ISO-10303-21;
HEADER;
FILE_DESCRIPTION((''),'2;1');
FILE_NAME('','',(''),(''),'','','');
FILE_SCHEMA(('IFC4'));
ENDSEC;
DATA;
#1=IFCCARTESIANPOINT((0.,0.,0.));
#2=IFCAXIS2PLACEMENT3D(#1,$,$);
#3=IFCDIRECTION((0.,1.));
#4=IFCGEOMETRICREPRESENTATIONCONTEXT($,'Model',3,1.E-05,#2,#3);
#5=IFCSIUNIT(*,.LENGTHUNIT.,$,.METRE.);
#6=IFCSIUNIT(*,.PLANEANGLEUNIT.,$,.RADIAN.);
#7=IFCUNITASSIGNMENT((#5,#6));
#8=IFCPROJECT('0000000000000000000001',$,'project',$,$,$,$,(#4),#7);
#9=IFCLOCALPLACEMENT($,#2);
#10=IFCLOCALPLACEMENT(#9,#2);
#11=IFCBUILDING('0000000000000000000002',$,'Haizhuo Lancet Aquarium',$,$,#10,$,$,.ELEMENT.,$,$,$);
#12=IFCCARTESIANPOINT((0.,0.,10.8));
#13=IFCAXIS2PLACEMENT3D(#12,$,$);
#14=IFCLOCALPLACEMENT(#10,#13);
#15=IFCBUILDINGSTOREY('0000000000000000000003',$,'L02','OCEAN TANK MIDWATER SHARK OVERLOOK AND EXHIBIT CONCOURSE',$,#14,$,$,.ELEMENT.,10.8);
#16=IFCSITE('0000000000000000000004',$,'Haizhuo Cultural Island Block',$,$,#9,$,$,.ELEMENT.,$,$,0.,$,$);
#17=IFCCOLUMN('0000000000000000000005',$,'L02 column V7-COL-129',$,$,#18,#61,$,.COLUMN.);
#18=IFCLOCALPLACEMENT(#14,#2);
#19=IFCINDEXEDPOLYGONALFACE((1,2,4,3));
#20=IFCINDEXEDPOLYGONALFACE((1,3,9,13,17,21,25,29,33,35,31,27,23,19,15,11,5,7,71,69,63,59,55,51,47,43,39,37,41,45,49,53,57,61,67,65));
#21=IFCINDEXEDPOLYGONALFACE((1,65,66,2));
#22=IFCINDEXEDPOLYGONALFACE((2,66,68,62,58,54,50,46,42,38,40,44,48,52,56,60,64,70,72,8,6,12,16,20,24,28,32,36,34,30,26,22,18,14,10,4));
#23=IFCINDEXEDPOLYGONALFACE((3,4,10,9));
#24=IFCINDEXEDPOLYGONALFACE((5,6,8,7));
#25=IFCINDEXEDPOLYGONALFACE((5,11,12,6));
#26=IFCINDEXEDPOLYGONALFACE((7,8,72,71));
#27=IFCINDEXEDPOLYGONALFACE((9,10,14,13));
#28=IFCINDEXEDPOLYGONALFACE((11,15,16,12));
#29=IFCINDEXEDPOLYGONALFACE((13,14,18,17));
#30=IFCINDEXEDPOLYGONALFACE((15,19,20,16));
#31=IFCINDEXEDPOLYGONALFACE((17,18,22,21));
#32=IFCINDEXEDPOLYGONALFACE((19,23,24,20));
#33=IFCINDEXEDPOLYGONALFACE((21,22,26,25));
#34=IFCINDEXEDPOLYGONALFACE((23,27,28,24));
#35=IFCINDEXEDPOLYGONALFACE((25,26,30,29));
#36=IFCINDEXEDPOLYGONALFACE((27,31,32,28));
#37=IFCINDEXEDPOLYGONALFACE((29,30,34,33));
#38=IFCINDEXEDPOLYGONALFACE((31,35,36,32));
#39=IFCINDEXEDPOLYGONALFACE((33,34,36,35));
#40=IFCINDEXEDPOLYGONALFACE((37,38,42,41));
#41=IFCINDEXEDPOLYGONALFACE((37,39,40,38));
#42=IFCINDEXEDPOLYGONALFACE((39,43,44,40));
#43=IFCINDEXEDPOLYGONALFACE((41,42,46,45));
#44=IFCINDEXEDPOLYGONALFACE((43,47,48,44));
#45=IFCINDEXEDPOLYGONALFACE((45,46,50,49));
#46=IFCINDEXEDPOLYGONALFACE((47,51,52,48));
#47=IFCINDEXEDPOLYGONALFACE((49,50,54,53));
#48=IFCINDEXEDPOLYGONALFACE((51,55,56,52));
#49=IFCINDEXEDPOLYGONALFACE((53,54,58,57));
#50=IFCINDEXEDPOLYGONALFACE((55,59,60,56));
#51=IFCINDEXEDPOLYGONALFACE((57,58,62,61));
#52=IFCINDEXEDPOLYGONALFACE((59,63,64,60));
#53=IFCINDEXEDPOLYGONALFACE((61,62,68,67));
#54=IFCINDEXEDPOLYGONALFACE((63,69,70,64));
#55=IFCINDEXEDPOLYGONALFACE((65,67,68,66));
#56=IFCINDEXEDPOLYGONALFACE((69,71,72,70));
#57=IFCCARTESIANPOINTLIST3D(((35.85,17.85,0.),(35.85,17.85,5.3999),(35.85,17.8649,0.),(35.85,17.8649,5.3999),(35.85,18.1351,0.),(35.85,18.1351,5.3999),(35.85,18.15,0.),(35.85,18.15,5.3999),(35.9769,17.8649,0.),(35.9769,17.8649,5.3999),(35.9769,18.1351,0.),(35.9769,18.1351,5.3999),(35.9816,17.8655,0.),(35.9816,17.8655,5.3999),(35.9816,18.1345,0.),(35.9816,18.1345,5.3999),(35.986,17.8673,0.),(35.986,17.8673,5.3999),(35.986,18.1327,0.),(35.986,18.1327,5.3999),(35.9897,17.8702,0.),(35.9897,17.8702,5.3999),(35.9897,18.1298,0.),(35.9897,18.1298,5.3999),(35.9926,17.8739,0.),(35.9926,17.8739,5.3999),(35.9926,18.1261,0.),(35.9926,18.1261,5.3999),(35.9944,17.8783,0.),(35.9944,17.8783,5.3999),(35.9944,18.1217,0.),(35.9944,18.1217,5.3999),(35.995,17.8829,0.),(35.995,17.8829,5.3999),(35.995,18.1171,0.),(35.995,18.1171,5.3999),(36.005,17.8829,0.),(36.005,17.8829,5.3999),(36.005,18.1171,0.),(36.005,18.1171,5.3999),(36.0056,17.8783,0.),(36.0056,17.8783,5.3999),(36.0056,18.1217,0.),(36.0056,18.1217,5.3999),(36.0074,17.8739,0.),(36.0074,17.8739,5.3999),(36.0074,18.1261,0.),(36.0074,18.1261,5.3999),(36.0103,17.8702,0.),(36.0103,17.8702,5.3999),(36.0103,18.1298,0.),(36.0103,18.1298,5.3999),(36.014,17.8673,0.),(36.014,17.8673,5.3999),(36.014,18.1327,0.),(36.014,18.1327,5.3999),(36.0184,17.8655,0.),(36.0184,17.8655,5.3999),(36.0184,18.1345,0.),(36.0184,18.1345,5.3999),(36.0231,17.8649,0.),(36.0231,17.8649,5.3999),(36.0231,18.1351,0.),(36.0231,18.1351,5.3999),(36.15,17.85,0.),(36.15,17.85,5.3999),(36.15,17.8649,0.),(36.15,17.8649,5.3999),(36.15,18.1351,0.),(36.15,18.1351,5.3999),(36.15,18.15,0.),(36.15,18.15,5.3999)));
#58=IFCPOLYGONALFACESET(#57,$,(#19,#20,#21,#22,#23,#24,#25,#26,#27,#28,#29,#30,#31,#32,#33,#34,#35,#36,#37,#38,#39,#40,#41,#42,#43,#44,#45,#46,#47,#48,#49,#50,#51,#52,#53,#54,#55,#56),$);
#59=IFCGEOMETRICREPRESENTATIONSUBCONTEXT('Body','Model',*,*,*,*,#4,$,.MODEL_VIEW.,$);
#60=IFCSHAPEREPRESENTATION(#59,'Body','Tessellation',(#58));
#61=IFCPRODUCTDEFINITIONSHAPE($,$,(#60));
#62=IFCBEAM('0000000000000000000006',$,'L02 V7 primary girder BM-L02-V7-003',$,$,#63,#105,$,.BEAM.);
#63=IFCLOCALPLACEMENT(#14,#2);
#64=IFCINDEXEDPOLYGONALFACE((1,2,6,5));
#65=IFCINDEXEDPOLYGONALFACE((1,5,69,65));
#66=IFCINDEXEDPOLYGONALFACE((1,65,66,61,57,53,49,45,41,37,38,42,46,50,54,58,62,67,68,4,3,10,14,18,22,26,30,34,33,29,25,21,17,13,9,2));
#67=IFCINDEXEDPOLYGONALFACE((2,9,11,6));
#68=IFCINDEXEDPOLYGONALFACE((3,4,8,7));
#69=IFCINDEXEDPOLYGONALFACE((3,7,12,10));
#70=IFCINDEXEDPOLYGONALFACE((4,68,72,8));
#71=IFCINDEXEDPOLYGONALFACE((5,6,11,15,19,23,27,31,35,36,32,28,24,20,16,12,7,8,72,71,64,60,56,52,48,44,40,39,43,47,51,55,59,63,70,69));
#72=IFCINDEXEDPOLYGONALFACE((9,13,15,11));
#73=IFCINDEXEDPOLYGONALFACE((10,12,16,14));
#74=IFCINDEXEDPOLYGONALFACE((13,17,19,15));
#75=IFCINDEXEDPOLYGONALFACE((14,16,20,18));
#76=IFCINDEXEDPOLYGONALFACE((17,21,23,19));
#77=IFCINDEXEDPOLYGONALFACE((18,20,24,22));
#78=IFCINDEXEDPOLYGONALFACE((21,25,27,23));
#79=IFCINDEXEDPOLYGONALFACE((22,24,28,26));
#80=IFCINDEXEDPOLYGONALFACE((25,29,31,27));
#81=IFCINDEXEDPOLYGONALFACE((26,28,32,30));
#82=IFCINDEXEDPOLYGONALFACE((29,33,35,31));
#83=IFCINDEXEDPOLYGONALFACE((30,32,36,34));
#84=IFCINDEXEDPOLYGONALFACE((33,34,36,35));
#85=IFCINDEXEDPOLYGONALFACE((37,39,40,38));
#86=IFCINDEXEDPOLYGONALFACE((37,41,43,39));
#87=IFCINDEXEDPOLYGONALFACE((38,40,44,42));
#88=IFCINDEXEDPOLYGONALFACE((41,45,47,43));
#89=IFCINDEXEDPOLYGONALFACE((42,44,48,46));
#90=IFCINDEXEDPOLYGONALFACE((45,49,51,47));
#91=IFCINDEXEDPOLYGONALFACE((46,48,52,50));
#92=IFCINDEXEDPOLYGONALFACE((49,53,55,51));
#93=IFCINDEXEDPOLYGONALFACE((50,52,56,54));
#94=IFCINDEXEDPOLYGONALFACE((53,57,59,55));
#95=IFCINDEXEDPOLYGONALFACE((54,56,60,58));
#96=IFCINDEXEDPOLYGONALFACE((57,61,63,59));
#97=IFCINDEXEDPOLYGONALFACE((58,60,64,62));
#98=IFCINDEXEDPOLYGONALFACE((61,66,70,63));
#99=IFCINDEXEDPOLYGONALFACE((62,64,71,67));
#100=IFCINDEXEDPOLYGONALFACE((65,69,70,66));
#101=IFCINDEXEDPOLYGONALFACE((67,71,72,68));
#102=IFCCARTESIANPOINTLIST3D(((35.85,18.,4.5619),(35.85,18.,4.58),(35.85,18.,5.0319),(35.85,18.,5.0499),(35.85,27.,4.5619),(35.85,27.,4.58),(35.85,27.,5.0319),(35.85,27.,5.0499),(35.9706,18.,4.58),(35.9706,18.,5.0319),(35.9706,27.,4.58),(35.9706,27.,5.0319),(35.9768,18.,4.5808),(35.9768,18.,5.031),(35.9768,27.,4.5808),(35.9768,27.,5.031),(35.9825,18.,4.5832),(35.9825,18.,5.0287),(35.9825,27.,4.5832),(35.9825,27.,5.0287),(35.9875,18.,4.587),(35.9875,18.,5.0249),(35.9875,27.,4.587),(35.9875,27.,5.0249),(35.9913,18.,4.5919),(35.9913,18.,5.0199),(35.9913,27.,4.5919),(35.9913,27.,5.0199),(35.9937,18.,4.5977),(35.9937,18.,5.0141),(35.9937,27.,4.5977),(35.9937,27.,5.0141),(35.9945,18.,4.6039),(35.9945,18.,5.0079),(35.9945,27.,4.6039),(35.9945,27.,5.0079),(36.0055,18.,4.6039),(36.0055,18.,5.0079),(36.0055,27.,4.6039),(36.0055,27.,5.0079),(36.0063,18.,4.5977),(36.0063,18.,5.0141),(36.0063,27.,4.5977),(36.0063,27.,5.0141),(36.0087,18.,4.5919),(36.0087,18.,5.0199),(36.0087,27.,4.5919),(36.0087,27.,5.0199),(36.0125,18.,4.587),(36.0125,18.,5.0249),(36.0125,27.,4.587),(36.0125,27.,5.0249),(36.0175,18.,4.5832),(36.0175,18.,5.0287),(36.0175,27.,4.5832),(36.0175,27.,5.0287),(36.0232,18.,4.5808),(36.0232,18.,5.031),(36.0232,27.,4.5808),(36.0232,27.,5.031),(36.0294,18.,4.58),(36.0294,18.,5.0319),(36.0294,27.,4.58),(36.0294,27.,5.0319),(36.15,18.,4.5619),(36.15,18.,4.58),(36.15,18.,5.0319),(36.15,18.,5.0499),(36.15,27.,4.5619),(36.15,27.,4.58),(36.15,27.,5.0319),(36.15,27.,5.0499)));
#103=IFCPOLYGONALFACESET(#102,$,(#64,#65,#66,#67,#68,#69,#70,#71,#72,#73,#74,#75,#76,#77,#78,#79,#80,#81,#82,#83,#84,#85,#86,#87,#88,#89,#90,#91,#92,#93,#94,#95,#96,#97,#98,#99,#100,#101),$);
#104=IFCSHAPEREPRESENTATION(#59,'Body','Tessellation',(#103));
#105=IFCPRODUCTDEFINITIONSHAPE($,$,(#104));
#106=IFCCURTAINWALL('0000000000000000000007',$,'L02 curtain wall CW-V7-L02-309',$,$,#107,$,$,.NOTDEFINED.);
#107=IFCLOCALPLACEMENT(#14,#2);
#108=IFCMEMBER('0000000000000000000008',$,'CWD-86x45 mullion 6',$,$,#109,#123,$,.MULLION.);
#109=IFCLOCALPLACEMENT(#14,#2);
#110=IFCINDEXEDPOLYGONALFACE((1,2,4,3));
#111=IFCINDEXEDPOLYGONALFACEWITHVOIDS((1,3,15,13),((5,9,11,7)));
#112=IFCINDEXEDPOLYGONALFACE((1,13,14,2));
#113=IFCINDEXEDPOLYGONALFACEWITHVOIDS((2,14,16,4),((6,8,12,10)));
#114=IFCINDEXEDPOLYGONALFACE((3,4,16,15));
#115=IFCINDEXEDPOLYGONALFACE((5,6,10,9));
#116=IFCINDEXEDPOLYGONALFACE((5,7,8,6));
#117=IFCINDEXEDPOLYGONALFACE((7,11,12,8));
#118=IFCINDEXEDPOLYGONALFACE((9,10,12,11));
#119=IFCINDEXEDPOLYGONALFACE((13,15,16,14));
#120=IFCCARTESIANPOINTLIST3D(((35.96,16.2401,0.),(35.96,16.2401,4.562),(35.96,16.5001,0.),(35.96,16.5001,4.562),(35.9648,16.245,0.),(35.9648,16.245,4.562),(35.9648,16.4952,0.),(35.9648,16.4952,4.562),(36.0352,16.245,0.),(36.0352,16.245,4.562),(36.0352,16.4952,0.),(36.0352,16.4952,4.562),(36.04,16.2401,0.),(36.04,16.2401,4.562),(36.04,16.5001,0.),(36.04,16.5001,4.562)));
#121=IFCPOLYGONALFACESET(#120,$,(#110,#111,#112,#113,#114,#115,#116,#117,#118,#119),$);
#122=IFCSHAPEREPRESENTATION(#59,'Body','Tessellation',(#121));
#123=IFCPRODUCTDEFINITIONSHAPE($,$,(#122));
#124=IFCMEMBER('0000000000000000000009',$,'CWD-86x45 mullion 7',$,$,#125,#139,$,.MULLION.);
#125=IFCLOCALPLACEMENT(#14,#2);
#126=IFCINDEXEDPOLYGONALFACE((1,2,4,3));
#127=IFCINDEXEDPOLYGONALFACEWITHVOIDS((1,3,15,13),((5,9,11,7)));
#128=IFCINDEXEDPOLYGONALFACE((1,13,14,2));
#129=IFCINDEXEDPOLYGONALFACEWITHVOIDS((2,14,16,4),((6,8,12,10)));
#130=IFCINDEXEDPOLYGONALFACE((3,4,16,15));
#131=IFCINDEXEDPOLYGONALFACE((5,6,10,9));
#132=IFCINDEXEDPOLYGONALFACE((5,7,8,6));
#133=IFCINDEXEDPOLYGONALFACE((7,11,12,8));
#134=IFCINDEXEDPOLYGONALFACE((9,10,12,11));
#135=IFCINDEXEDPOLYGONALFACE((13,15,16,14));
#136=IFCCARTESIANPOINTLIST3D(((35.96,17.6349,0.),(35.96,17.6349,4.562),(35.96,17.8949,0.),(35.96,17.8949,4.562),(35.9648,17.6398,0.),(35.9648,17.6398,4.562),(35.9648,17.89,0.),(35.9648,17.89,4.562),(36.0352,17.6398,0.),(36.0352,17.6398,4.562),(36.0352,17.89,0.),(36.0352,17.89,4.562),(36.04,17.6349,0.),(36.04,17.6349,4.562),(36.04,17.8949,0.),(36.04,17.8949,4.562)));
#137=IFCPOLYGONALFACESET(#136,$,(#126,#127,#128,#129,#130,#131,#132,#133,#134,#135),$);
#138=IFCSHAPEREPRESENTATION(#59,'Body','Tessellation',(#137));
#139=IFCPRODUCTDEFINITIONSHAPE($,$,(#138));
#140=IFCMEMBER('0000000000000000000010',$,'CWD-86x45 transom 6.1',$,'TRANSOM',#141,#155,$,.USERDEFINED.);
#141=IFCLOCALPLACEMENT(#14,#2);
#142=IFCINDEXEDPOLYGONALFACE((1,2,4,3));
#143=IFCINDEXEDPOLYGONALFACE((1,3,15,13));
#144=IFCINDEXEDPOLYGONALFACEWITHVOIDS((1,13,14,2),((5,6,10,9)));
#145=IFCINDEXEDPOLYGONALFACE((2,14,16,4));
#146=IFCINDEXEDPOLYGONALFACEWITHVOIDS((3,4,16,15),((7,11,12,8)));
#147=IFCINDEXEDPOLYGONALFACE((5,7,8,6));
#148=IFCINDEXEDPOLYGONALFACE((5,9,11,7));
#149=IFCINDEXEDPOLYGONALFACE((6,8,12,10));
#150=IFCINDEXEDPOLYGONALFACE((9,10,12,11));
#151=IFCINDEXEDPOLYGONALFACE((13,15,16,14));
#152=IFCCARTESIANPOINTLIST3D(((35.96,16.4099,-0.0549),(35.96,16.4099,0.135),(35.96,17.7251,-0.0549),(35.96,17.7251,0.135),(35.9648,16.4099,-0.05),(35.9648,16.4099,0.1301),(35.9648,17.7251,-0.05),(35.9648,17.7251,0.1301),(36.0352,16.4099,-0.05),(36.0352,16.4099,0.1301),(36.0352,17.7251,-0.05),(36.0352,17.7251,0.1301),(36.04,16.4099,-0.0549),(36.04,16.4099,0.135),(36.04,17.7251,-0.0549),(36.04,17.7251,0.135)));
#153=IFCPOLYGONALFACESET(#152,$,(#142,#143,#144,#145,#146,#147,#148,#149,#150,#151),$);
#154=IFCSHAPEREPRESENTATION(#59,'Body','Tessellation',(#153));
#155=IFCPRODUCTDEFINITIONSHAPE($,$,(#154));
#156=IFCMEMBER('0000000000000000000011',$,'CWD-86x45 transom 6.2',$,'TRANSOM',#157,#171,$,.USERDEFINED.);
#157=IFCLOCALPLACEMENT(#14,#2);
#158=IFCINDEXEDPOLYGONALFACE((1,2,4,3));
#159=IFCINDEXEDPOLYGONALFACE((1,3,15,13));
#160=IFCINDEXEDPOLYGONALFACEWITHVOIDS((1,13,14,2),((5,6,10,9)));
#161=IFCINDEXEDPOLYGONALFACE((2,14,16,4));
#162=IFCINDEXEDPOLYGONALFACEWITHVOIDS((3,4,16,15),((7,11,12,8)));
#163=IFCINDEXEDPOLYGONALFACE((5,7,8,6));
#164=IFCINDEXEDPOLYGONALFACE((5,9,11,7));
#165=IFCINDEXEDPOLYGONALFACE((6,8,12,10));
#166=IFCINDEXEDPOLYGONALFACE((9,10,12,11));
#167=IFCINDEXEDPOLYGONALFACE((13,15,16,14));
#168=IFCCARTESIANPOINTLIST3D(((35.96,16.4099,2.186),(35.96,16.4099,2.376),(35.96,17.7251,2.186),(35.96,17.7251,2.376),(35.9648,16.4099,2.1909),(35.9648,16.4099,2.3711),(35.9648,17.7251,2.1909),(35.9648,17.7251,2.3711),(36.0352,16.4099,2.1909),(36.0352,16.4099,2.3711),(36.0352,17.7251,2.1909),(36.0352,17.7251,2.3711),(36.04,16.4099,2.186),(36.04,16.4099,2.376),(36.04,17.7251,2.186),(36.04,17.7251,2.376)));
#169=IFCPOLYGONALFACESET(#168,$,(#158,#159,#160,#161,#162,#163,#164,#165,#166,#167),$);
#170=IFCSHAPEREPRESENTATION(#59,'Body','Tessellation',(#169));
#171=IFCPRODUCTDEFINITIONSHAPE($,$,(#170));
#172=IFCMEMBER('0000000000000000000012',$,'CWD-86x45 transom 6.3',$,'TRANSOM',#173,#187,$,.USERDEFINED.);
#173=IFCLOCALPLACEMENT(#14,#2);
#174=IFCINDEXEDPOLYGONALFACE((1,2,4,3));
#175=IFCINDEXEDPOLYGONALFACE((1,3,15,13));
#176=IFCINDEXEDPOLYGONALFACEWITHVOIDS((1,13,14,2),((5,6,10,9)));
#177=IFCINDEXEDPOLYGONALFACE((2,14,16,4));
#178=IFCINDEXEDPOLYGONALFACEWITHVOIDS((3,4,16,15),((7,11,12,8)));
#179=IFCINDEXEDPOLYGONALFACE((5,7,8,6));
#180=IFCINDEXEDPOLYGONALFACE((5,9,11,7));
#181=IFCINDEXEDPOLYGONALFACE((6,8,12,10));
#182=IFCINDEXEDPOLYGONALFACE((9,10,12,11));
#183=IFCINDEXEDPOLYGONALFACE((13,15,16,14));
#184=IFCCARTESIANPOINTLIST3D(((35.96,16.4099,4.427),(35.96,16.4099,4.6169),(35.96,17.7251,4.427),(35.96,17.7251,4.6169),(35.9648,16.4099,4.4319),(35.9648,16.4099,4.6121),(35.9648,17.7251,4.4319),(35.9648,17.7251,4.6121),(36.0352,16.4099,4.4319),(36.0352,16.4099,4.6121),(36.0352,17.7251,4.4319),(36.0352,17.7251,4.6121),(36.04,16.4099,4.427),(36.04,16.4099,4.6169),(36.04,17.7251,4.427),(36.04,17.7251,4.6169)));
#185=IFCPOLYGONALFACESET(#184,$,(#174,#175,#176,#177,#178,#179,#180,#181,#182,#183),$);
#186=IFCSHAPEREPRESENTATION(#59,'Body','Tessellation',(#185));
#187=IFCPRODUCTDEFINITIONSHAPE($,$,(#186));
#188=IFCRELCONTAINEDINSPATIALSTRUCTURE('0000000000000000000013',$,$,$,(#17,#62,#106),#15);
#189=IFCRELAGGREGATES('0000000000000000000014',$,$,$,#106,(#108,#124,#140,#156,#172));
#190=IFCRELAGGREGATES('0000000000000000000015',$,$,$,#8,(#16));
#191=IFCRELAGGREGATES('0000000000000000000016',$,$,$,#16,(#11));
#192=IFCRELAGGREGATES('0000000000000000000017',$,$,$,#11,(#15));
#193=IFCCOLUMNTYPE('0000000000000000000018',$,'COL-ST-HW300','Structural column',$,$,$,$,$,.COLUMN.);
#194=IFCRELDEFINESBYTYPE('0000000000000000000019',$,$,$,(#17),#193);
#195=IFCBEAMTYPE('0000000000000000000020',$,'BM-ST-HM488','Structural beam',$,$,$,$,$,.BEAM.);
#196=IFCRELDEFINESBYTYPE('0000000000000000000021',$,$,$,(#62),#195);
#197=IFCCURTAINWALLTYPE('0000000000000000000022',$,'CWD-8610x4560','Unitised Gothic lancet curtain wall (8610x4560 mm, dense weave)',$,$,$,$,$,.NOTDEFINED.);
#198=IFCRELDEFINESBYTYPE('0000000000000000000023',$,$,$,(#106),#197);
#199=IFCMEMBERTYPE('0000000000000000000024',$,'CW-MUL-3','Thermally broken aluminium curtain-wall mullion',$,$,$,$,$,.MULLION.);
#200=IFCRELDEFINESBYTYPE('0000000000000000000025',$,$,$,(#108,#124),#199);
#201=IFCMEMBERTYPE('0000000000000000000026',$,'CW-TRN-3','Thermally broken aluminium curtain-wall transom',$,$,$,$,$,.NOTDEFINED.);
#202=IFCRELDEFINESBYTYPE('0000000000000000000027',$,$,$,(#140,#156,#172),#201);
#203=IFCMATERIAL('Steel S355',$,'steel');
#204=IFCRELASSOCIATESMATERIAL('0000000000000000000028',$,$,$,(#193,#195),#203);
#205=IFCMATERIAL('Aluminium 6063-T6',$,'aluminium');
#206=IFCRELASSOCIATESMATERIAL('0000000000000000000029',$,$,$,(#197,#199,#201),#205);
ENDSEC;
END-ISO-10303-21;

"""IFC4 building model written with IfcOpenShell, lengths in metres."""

from ifc_helpers import new_model, si_unit, direction, frame, origin, origin_2d, place, context, subcontext, project, spatial, hollow_rectangle, i_section, extrude, material, material_profile, profile_set, type_object, element, aggregate, save


model = new_model("IFC4")

# Units and contexts
model_context = context("Model", 3, precision=1e-05, world=origin(), true_north=direction((0.0, 1.0)))
body_context = subcontext(model_context, "Body", "Model", "MODEL_VIEW")
ifc_project = project(units=[si_unit("LENGTHUNIT", "METRE"), si_unit("PLANEANGLEUNIT", "RADIAN")], contexts=[model_context])

# Site, building, storey
site_placement = place(None, origin())
site = spatial("IfcSite", under=ifc_project, at=site_placement, Name="Haizhuo Cultural Island Block", CompositionType="ELEMENT", RefElevation=0.0)
building_placement = place(site_placement, origin())
building = spatial("IfcBuilding", under=site, at=building_placement, Name="Haizhuo Lancet Aquarium", CompositionType="ELEMENT")
storey_placement = place(building_placement, frame((0.0, 0.0, 10.8)))
storey = spatial("IfcBuildingStorey", under=building, at=storey_placement, Name="L02", Description="OCEAN TANK MIDWATER SHARK OVERLOOK AND EXHIBIT CONCOURSE", CompositionType="ELEMENT", Elevation=10.8)

# Column
ifc_material_1 = material(Name="Steel S355", Category="steel")
ifc_material_profile_1 = material_profile(ifc_material_1, i_section(OverallWidth=0.3, OverallDepth=0.3, WebThickness=0.01, FlangeThickness=0.0149, FilletRadius=0.0181, at=origin_2d()), Name="HW 300x300x10x15")
ifc_profile_set_1 = profile_set([ifc_material_profile_1], Name="Steel S355")
column_type = type_object("IfcColumnType", Name="COL-ST-HW300", Description="Structural column", PredefinedType="COLUMN", material=ifc_profile_set_1)
column_placement = place(storey_placement, frame((36.0, 18.0, 0.0), z_axis=(0.0, 0.0, 1.0), x_axis=(1.0, 0.0, 0.0)))
element("IfcColumn", 1, at=column_placement, inside=storey, type_object=column_type, Name="L02 column V7-COL-129", PredefinedType="COLUMN", context=body_context, shape_type="SweptSolid", body=[
    extrude(i_section(OverallWidth=0.3, OverallDepth=0.3, WebThickness=0.01, FlangeThickness=0.0149, FilletRadius=0.0181, at=origin_2d()), origin(), (0.0, 0.0, 1.0), 5.3999),
])

# Beam
ifc_material_profile_2 = material_profile(ifc_material_1, i_section(OverallWidth=0.3, OverallDepth=0.488, WebThickness=0.011, FlangeThickness=0.0181, FilletRadius=0.0239, at=origin_2d()), Name="HM 488x300x11x18")
ifc_profile_set_2 = profile_set([ifc_material_profile_2], Name="Steel S355")
beam_type = type_object("IfcBeamType", Name="BM-ST-HM488", Description="Structural beam", PredefinedType="BEAM", material=ifc_profile_set_2)
beam_placement = place(storey_placement, frame((36.0, 18.0, 4.8059), z_axis=(0.0, 1.0, 0.0), x_axis=(-1.0, 0.0, 0.0)))
element("IfcBeam", 2, at=beam_placement, inside=storey, type_object=beam_type, Name="L02 V7 primary girder BM-L02-V7-003", PredefinedType="BEAM", context=body_context, shape_type="SweptSolid", body=[
    extrude(i_section(OverallWidth=0.3, OverallDepth=0.488, WebThickness=0.011, FlangeThickness=0.0181, FilletRadius=0.0239, at=origin_2d()), origin(), (0.0, 0.0, 1.0), 9.0),
])

# Curtain wall, members
ifc_material_2 = material(Name="Aluminium 6063-T6", Category="aluminium")
curtain_wall_type = type_object("IfcCurtainWallType", Name="CWD-8610x4560", Description="Unitised Gothic lancet curtain wall (8610x4560 mm, dense weave)", PredefinedType="NOTDEFINED", material=ifc_material_2)
curtain_wall_placement = place(storey_placement, origin())
curtain_wall = element("IfcCurtainWall", 3, at=curtain_wall_placement, inside=storey, type_object=curtain_wall_type, Name="L02 curtain wall CW-V7-L02-309", PredefinedType="NOTDEFINED")
ifc_material_profile_3 = material_profile(ifc_material_2, hollow_rectangle(XDim=0.0801, YDim=0.26, WallThickness=0.0049, at=origin_2d()), Name="ALU-M 80x260x5")
ifc_profile_set_3 = profile_set([ifc_material_profile_3], Name="Aluminium 6063-T6")
member_type_1 = type_object("IfcMemberType", Name="CW-MUL-3", Description="Thermally broken aluminium curtain-wall mullion", PredefinedType="MULLION", material=ifc_profile_set_3)
member_1_placement = place(storey_placement, frame((36.0, 16.3701, 0.0), z_axis=(0.0, 0.0, 1.0), x_axis=(-1.0, 0.0, 0.0)))
member_1 = element("IfcMember", 4, at=member_1_placement, type_object=member_type_1, Name="CWD-86x45 mullion 6", PredefinedType="MULLION", context=body_context, shape_type="SweptSolid", body=[
    extrude(hollow_rectangle(XDim=0.0801, YDim=0.26, WallThickness=0.0049, at=origin_2d()), origin(), (0.0, 0.0, 1.0), 4.562),
])
member_2_placement = place(storey_placement, frame((36.0, 17.7649, 0.0), z_axis=(0.0, 0.0, 1.0), x_axis=(-1.0, 0.0, 0.0)))
member_2 = element("IfcMember", 5, at=member_2_placement, type_object=member_type_1, Name="CWD-86x45 mullion 7", PredefinedType="MULLION", context=body_context, shape_type="SweptSolid", body=[
    extrude(hollow_rectangle(XDim=0.0801, YDim=0.26, WallThickness=0.0049, at=origin_2d()), origin(), (0.0, 0.0, 1.0), 4.562),
])
ifc_material_profile_4 = material_profile(ifc_material_2, hollow_rectangle(XDim=0.0801, YDim=0.1899, WallThickness=0.0049, at=origin_2d()), Name="ALU-T 80x190x5")
ifc_profile_set_4 = profile_set([ifc_material_profile_4], Name="Aluminium 6063-T6")
member_type_2 = type_object("IfcMemberType", Name="CW-TRN-3", Description="Thermally broken aluminium curtain-wall transom", PredefinedType="NOTDEFINED", material=ifc_profile_set_4)
member_3_placement = place(storey_placement, frame((36.0, 16.4099, 0.04), z_axis=(0.0, 1.0, 0.0), x_axis=(-1.0, 0.0, 0.0)))
member_3 = element("IfcMember", 6, at=member_3_placement, type_object=member_type_2, Name="CWD-86x45 transom 6.1", ObjectType="TRANSOM", PredefinedType="USERDEFINED", context=body_context, shape_type="SweptSolid", body=[
    extrude(hollow_rectangle(XDim=0.0801, YDim=0.1899, WallThickness=0.0049, at=origin_2d()), origin(), (0.0, 0.0, 1.0), 1.3152),
])
member_4_placement = place(storey_placement, frame((36.0, 16.4099, 2.281), z_axis=(0.0, 1.0, 0.0), x_axis=(-1.0, 0.0, 0.0)))
member_4 = element("IfcMember", 7, at=member_4_placement, type_object=member_type_2, Name="CWD-86x45 transom 6.2", ObjectType="TRANSOM", PredefinedType="USERDEFINED", context=body_context, shape_type="SweptSolid", body=[
    extrude(hollow_rectangle(XDim=0.0801, YDim=0.1899, WallThickness=0.0049, at=origin_2d()), origin(), (0.0, 0.0, 1.0), 1.3152),
])
member_5_placement = place(storey_placement, frame((36.0, 16.4099, 4.522), z_axis=(0.0, 1.0, 0.0), x_axis=(-1.0, 0.0, 0.0)))
member_5 = element("IfcMember", 8, at=member_5_placement, type_object=member_type_2, Name="CWD-86x45 transom 6.3", ObjectType="TRANSOM", PredefinedType="USERDEFINED", context=body_context, shape_type="SweptSolid", body=[
    extrude(hollow_rectangle(XDim=0.0801, YDim=0.1899, WallThickness=0.0049, at=origin_2d()), origin(), (0.0, 0.0, 1.0), 1.3152),
])

aggregate(curtain_wall, [member_1, member_2, member_3, member_4, member_5])

save(model, "model.ifc")
